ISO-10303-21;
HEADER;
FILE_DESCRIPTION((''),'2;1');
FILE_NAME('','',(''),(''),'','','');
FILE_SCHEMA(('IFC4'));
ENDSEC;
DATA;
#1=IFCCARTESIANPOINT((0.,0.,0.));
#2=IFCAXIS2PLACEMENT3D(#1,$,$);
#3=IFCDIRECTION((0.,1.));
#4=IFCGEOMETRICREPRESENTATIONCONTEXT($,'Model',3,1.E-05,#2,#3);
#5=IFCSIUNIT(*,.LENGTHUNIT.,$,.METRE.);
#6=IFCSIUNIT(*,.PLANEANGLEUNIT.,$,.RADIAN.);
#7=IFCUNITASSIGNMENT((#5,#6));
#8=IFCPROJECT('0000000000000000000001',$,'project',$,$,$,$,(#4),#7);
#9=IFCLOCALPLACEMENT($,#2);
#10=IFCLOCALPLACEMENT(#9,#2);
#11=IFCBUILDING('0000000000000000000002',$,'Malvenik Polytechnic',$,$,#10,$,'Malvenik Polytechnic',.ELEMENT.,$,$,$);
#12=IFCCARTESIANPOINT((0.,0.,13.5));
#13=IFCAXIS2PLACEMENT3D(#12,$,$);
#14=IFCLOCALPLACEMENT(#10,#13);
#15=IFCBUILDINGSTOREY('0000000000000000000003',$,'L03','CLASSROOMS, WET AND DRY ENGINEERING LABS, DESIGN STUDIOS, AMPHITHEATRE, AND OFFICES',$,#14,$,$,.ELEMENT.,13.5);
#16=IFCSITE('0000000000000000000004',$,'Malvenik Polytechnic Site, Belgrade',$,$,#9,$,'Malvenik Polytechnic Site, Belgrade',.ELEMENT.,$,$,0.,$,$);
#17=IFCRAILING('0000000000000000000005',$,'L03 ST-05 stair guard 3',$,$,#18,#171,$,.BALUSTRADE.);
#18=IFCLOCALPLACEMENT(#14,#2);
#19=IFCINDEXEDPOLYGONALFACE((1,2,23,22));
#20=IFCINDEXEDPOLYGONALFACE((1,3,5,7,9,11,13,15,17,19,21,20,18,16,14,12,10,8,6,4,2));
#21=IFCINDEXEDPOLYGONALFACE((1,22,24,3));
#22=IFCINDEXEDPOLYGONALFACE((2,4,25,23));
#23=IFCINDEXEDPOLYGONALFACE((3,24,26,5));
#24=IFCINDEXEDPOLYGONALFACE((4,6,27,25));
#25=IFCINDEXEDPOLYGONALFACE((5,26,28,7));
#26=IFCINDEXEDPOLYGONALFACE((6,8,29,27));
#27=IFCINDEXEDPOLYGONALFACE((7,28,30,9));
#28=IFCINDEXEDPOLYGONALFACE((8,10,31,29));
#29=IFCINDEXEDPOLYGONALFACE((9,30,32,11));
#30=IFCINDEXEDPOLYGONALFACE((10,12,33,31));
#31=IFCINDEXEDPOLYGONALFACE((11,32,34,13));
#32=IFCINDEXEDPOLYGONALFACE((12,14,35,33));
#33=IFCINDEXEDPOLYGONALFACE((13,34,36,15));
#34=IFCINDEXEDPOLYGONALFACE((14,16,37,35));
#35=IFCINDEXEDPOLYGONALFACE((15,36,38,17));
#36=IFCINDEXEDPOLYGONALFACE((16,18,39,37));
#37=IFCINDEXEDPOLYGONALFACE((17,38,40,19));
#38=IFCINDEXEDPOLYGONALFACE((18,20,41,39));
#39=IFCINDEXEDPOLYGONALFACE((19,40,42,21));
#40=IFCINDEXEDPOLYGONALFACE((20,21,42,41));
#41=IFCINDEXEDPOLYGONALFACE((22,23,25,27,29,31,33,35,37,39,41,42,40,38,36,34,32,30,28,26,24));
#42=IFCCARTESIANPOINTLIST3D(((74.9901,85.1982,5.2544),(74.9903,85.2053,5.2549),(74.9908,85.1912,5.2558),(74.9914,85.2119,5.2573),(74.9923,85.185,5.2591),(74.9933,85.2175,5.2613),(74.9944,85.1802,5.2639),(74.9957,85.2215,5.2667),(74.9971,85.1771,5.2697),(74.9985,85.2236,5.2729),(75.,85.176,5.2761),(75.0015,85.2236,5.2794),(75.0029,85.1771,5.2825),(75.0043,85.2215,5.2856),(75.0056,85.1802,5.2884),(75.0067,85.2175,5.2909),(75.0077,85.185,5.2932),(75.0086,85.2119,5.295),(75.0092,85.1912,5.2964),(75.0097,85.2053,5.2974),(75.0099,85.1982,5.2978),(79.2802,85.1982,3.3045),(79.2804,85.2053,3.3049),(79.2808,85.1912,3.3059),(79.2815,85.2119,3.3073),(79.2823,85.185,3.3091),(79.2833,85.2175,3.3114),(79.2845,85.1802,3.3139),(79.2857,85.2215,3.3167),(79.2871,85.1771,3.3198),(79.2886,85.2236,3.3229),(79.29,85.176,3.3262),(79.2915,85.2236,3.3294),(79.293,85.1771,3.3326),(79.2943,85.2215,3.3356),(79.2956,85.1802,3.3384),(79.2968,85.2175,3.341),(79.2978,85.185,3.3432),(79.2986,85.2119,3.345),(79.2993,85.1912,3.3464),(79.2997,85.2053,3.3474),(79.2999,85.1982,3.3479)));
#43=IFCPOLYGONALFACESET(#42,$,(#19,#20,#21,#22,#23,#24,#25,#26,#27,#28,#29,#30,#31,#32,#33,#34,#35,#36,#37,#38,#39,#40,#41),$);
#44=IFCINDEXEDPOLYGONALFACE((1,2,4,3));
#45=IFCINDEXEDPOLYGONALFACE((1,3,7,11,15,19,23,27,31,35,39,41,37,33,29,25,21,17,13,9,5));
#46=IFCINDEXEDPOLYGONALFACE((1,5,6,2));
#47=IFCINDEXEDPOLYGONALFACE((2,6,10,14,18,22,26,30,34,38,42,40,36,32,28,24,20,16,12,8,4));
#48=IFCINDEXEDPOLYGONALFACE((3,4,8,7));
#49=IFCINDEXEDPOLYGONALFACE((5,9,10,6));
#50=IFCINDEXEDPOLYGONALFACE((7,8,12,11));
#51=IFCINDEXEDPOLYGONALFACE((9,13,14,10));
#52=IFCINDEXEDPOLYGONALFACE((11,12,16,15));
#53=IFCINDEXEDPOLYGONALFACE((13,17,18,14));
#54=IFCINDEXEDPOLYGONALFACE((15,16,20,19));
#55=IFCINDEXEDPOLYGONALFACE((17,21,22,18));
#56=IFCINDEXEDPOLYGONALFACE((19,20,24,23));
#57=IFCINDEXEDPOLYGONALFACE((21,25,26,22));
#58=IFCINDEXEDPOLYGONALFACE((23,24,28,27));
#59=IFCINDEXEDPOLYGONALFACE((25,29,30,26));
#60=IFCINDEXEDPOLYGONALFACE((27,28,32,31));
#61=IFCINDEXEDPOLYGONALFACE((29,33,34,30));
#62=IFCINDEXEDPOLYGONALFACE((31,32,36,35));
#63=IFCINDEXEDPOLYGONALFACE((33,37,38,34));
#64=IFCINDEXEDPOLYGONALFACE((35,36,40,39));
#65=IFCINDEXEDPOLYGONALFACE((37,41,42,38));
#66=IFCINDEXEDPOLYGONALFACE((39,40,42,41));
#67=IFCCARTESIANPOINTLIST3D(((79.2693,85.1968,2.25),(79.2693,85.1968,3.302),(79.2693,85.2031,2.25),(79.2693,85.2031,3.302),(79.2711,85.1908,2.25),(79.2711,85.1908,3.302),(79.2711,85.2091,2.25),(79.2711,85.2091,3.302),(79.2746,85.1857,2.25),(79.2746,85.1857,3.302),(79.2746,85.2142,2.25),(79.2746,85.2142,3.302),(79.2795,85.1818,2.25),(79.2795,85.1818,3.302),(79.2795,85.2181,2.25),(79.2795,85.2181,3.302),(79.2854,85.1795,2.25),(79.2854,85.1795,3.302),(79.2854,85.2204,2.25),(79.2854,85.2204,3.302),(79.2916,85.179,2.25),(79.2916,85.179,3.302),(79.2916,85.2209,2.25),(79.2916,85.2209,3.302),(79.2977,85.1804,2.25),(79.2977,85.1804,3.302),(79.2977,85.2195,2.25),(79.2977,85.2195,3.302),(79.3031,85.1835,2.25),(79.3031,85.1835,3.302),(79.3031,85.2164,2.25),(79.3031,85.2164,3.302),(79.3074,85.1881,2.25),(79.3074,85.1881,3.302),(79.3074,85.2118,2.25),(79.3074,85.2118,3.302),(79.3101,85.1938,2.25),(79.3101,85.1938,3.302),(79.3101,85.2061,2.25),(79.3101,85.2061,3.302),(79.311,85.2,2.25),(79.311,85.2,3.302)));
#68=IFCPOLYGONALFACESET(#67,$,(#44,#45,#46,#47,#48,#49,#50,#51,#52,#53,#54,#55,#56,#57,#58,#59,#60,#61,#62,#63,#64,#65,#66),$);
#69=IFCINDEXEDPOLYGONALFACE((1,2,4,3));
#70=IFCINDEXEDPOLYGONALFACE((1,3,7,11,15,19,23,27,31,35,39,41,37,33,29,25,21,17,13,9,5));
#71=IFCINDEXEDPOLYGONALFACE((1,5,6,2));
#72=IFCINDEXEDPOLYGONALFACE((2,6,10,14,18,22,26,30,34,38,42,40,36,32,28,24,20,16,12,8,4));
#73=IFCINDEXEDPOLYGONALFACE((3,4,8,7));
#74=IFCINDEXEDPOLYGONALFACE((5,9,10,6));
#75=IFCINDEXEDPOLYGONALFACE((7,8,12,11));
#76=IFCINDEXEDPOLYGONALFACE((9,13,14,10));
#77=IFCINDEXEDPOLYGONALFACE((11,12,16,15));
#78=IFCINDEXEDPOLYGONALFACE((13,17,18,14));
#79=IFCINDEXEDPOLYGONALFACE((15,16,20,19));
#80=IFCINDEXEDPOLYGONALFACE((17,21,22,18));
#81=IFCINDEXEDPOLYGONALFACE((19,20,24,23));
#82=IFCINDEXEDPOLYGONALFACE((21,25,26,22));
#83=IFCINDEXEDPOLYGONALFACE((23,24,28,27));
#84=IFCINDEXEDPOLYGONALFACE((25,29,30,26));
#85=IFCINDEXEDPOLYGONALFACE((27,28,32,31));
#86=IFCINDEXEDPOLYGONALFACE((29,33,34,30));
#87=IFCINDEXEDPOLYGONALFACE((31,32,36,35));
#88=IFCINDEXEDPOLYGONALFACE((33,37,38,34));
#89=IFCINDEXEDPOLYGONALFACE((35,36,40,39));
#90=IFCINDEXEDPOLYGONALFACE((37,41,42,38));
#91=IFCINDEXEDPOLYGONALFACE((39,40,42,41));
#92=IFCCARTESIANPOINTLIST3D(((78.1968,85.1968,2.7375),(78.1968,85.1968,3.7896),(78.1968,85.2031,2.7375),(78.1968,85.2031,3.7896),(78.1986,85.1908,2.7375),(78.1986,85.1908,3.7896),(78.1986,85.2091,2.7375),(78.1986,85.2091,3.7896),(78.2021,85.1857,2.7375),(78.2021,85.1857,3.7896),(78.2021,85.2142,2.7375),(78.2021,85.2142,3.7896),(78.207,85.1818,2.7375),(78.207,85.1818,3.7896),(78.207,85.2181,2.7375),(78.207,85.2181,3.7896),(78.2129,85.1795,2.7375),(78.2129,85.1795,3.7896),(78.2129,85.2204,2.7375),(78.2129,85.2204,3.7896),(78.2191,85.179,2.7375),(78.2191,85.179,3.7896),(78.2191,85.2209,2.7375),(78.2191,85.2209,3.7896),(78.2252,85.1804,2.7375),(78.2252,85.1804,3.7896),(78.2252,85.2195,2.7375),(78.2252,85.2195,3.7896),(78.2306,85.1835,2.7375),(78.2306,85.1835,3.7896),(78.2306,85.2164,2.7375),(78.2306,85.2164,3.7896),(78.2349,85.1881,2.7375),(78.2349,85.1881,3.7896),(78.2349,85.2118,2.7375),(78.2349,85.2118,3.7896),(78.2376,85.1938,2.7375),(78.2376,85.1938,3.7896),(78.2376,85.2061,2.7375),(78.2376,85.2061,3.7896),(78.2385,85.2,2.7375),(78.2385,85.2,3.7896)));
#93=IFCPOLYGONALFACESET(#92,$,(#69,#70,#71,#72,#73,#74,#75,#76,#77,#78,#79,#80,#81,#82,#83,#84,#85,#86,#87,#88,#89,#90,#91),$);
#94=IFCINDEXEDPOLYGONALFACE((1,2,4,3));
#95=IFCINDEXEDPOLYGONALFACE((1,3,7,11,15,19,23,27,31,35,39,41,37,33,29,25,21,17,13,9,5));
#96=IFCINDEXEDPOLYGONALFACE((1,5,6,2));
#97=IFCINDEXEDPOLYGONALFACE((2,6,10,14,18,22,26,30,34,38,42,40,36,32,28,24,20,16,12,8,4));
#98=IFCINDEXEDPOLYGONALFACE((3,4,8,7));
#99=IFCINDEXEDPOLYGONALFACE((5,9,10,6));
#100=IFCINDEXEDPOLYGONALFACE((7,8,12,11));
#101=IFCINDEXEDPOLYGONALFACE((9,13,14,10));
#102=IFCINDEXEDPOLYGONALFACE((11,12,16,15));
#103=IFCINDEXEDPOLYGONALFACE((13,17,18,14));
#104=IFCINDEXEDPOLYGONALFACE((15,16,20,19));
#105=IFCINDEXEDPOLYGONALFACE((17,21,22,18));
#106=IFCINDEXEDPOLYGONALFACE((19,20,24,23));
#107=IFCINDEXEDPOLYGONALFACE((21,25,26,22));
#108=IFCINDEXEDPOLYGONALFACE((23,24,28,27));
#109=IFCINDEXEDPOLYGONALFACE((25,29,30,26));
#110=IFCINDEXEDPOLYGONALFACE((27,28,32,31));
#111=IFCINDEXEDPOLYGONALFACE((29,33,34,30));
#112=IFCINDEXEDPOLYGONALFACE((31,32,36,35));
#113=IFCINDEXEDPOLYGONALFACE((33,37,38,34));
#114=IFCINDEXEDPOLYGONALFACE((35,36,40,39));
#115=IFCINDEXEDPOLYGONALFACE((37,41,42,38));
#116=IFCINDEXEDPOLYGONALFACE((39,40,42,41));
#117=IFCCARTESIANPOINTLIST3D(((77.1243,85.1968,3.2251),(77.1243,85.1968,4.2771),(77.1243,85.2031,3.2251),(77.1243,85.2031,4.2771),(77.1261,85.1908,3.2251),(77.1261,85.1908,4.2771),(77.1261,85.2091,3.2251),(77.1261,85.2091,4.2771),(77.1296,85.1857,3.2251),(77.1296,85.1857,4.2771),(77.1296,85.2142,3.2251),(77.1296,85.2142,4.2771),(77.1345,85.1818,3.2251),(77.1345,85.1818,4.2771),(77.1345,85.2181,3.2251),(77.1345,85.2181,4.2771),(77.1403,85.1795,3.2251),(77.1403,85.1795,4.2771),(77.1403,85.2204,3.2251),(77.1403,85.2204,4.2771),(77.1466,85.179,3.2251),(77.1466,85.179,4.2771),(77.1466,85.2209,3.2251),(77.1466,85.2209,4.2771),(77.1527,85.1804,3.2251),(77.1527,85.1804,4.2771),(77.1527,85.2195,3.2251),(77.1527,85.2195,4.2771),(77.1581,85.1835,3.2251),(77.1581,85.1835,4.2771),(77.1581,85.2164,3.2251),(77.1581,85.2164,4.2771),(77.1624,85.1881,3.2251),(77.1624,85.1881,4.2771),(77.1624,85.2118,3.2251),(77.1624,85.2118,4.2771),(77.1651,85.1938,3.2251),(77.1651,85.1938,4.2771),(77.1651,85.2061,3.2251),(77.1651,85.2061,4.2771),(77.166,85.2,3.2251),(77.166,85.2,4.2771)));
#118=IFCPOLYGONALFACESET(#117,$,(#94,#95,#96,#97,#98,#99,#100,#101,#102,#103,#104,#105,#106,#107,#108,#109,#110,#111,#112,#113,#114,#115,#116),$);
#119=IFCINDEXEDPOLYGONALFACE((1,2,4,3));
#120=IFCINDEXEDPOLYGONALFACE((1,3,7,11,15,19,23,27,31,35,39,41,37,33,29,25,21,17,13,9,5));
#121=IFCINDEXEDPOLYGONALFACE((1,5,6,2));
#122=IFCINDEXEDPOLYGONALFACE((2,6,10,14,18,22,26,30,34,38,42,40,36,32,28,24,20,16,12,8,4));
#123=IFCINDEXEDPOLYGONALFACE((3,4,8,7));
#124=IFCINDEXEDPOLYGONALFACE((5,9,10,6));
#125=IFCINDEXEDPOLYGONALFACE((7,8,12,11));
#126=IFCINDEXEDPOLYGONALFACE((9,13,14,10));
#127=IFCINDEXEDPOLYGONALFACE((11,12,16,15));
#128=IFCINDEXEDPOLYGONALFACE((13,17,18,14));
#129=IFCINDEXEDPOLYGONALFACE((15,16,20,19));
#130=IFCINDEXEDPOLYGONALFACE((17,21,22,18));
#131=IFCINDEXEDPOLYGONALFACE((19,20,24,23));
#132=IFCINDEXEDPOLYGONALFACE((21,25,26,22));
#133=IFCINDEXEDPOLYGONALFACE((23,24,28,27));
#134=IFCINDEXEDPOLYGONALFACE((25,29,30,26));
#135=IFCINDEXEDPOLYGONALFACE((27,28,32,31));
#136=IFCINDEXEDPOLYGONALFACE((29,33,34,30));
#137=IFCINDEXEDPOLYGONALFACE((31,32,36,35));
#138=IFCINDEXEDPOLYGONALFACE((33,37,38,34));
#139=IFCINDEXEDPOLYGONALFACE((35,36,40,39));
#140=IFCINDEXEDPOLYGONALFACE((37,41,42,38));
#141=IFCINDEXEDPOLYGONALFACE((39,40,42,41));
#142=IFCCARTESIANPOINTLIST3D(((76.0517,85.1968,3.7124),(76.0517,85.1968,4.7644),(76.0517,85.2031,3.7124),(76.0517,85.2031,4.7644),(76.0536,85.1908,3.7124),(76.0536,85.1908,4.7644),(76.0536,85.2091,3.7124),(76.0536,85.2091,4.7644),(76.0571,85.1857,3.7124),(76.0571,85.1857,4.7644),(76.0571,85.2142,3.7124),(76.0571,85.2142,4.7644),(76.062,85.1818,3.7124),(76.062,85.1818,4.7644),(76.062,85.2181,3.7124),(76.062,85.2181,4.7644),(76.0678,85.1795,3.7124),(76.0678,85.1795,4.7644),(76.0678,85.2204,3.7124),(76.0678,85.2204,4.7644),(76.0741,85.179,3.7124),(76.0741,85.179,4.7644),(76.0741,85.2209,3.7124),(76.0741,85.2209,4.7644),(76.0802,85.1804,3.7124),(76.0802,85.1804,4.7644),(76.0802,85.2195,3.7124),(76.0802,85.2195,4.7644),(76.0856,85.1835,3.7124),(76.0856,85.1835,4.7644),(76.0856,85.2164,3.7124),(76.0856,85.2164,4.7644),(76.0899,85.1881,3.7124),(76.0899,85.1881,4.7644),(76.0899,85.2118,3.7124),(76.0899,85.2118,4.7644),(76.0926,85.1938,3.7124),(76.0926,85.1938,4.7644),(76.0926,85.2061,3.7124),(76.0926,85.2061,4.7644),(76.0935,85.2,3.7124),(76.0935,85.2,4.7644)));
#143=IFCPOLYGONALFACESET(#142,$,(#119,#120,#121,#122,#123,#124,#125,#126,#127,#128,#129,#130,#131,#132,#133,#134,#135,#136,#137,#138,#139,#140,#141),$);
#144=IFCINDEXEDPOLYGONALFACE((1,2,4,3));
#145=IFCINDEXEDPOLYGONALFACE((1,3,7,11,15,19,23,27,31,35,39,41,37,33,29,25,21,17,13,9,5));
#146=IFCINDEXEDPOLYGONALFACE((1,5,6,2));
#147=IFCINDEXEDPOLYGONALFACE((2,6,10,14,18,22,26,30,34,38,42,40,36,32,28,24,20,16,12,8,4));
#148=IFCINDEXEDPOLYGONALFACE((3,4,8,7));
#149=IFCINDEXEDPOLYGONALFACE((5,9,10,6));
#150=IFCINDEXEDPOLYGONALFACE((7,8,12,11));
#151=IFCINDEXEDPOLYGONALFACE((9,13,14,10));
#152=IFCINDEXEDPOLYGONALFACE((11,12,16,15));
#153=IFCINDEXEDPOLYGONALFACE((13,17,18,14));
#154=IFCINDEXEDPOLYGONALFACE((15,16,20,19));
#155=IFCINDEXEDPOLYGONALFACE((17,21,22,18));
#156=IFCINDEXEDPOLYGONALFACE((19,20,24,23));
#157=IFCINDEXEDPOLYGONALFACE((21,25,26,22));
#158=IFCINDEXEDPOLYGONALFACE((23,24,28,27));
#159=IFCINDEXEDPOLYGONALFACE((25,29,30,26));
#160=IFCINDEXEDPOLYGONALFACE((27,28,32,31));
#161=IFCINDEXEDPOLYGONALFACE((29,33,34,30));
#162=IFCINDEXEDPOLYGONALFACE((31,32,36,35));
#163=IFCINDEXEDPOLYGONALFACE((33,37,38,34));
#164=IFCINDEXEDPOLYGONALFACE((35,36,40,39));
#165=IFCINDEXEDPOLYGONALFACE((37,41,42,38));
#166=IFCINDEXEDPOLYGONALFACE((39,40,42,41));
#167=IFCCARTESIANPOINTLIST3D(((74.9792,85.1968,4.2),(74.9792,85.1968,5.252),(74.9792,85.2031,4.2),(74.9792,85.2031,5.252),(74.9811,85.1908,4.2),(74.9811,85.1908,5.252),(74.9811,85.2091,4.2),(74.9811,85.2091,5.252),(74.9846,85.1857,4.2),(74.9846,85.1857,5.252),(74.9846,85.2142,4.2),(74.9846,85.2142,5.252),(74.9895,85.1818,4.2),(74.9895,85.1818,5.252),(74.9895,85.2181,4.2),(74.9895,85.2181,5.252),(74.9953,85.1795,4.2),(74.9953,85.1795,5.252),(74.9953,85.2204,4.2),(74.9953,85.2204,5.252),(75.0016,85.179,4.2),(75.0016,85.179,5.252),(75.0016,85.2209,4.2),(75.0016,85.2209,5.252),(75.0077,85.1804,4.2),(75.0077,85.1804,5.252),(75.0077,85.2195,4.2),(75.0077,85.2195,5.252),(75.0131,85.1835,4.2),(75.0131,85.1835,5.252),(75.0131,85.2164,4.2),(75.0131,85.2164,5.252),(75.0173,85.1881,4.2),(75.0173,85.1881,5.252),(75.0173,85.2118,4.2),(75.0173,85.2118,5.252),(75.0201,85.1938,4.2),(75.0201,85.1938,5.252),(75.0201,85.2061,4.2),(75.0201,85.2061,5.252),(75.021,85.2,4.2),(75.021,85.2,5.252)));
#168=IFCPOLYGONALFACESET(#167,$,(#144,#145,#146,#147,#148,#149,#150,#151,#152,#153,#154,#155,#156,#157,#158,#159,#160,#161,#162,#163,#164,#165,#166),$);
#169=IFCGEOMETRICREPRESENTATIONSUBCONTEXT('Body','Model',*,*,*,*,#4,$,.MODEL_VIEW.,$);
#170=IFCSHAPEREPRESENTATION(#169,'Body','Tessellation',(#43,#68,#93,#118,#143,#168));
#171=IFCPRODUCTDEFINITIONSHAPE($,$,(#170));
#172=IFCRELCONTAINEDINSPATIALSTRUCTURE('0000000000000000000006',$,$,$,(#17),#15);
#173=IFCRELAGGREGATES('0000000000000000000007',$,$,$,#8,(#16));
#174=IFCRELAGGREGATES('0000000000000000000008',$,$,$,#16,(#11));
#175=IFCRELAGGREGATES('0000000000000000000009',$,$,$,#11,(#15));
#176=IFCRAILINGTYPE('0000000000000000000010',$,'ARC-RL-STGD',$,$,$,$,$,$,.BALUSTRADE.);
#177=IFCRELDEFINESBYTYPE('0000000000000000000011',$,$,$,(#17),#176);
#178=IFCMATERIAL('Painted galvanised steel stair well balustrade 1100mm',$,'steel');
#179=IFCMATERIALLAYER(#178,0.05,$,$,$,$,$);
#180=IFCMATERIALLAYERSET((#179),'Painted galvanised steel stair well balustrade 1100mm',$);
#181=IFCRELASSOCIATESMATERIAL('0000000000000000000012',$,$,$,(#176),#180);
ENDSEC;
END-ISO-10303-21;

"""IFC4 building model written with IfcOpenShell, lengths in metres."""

from ifc_helpers import new_model, si_unit, direction, frame, origin, origin_2d, place, context, subcontext, project, spatial, circle, extrude, material, layer, layer_set, type_object, element, save


model = new_model("IFC4")

# Units and contexts
model_context = context("Model", 3, precision=1e-05, world=origin(), true_north=direction((0.0, 1.0)))
body_context = subcontext(model_context, "Body", "Model", "MODEL_VIEW")
ifc_project = project(units=[si_unit("LENGTHUNIT", "METRE"), si_unit("PLANEANGLEUNIT", "RADIAN")], contexts=[model_context])

# Site, building, storey
site_placement = place(None, origin())
site = spatial("IfcSite", under=ifc_project, at=site_placement, Name="Malvenik Polytechnic Site, Belgrade", LongName="Malvenik Polytechnic Site, Belgrade", CompositionType="ELEMENT", RefElevation=0.0)
building_placement = place(site_placement, origin())
building = spatial("IfcBuilding", under=site, at=building_placement, Name="Malvenik Polytechnic", LongName="Malvenik Polytechnic", CompositionType="ELEMENT")
storey_placement = place(building_placement, frame((0.0, 0.0, 13.5)))
storey = spatial("IfcBuildingStorey", under=building, at=storey_placement, Name="L03", Description="CLASSROOMS, WET AND DRY ENGINEERING LABS, DESIGN STUDIOS, AMPHITHEATRE, AND OFFICES", CompositionType="ELEMENT", Elevation=13.5)

# Railing
ifc_material_1 = material(Name="Painted galvanised steel stair well balustrade 1100mm", Category="steel")
ifc_layer_1 = layer(ifc_material_1, 0.05)
ifc_layer_set_1 = layer_set([ifc_layer_1], Name="Painted galvanised steel stair well balustrade 1100mm")
railing_type_1 = type_object("IfcRailingType", Name="ARC-RL-STGD", PredefinedType="BALUSTRADE", material=ifc_layer_set_1)
railing_1_placement = place(storey_placement, frame((79.29, 85.2, 2.25)))
element("IfcRailing", 1, at=railing_1_placement, inside=storey, type_object=railing_type_1, Name="L03 ST-05 stair guard 3", PredefinedType="BALUSTRADE", context=body_context, shape_type="SweptSolid", body=[
    extrude(circle(Radius=0.0239, at=origin_2d()), frame((0.0, 0.0, 1.0762), z_axis=(-0.910372, 0.0, 0.413791), x_axis=(0.0, -1.0, 0.0)), (0.0, 0.0, 1.0), 4.7124),
    extrude(circle(Radius=0.021, at=origin_2d()), origin(), (0.0, 0.0, 1.0), 1.052),
    extrude(circle(Radius=0.021, at=origin_2d()), frame((-1.0725, 0.0, 0.4875)), (0.0, 0.0, 1.0), 1.052),
    extrude(circle(Radius=0.021, at=origin_2d()), frame((-2.145, 0.0, 0.9751)), (0.0, 0.0, 1.0), 1.052),
    extrude(circle(Radius=0.021, at=origin_2d()), frame((-3.2175, 0.0, 1.4624)), (0.0, 0.0, 1.0), 1.052),
    extrude(circle(Radius=0.021, at=origin_2d()), frame((-4.29, 0.0, 1.95)), (0.0, 0.0, 1.0), 1.052),
])

save(model, "model.ifc")
